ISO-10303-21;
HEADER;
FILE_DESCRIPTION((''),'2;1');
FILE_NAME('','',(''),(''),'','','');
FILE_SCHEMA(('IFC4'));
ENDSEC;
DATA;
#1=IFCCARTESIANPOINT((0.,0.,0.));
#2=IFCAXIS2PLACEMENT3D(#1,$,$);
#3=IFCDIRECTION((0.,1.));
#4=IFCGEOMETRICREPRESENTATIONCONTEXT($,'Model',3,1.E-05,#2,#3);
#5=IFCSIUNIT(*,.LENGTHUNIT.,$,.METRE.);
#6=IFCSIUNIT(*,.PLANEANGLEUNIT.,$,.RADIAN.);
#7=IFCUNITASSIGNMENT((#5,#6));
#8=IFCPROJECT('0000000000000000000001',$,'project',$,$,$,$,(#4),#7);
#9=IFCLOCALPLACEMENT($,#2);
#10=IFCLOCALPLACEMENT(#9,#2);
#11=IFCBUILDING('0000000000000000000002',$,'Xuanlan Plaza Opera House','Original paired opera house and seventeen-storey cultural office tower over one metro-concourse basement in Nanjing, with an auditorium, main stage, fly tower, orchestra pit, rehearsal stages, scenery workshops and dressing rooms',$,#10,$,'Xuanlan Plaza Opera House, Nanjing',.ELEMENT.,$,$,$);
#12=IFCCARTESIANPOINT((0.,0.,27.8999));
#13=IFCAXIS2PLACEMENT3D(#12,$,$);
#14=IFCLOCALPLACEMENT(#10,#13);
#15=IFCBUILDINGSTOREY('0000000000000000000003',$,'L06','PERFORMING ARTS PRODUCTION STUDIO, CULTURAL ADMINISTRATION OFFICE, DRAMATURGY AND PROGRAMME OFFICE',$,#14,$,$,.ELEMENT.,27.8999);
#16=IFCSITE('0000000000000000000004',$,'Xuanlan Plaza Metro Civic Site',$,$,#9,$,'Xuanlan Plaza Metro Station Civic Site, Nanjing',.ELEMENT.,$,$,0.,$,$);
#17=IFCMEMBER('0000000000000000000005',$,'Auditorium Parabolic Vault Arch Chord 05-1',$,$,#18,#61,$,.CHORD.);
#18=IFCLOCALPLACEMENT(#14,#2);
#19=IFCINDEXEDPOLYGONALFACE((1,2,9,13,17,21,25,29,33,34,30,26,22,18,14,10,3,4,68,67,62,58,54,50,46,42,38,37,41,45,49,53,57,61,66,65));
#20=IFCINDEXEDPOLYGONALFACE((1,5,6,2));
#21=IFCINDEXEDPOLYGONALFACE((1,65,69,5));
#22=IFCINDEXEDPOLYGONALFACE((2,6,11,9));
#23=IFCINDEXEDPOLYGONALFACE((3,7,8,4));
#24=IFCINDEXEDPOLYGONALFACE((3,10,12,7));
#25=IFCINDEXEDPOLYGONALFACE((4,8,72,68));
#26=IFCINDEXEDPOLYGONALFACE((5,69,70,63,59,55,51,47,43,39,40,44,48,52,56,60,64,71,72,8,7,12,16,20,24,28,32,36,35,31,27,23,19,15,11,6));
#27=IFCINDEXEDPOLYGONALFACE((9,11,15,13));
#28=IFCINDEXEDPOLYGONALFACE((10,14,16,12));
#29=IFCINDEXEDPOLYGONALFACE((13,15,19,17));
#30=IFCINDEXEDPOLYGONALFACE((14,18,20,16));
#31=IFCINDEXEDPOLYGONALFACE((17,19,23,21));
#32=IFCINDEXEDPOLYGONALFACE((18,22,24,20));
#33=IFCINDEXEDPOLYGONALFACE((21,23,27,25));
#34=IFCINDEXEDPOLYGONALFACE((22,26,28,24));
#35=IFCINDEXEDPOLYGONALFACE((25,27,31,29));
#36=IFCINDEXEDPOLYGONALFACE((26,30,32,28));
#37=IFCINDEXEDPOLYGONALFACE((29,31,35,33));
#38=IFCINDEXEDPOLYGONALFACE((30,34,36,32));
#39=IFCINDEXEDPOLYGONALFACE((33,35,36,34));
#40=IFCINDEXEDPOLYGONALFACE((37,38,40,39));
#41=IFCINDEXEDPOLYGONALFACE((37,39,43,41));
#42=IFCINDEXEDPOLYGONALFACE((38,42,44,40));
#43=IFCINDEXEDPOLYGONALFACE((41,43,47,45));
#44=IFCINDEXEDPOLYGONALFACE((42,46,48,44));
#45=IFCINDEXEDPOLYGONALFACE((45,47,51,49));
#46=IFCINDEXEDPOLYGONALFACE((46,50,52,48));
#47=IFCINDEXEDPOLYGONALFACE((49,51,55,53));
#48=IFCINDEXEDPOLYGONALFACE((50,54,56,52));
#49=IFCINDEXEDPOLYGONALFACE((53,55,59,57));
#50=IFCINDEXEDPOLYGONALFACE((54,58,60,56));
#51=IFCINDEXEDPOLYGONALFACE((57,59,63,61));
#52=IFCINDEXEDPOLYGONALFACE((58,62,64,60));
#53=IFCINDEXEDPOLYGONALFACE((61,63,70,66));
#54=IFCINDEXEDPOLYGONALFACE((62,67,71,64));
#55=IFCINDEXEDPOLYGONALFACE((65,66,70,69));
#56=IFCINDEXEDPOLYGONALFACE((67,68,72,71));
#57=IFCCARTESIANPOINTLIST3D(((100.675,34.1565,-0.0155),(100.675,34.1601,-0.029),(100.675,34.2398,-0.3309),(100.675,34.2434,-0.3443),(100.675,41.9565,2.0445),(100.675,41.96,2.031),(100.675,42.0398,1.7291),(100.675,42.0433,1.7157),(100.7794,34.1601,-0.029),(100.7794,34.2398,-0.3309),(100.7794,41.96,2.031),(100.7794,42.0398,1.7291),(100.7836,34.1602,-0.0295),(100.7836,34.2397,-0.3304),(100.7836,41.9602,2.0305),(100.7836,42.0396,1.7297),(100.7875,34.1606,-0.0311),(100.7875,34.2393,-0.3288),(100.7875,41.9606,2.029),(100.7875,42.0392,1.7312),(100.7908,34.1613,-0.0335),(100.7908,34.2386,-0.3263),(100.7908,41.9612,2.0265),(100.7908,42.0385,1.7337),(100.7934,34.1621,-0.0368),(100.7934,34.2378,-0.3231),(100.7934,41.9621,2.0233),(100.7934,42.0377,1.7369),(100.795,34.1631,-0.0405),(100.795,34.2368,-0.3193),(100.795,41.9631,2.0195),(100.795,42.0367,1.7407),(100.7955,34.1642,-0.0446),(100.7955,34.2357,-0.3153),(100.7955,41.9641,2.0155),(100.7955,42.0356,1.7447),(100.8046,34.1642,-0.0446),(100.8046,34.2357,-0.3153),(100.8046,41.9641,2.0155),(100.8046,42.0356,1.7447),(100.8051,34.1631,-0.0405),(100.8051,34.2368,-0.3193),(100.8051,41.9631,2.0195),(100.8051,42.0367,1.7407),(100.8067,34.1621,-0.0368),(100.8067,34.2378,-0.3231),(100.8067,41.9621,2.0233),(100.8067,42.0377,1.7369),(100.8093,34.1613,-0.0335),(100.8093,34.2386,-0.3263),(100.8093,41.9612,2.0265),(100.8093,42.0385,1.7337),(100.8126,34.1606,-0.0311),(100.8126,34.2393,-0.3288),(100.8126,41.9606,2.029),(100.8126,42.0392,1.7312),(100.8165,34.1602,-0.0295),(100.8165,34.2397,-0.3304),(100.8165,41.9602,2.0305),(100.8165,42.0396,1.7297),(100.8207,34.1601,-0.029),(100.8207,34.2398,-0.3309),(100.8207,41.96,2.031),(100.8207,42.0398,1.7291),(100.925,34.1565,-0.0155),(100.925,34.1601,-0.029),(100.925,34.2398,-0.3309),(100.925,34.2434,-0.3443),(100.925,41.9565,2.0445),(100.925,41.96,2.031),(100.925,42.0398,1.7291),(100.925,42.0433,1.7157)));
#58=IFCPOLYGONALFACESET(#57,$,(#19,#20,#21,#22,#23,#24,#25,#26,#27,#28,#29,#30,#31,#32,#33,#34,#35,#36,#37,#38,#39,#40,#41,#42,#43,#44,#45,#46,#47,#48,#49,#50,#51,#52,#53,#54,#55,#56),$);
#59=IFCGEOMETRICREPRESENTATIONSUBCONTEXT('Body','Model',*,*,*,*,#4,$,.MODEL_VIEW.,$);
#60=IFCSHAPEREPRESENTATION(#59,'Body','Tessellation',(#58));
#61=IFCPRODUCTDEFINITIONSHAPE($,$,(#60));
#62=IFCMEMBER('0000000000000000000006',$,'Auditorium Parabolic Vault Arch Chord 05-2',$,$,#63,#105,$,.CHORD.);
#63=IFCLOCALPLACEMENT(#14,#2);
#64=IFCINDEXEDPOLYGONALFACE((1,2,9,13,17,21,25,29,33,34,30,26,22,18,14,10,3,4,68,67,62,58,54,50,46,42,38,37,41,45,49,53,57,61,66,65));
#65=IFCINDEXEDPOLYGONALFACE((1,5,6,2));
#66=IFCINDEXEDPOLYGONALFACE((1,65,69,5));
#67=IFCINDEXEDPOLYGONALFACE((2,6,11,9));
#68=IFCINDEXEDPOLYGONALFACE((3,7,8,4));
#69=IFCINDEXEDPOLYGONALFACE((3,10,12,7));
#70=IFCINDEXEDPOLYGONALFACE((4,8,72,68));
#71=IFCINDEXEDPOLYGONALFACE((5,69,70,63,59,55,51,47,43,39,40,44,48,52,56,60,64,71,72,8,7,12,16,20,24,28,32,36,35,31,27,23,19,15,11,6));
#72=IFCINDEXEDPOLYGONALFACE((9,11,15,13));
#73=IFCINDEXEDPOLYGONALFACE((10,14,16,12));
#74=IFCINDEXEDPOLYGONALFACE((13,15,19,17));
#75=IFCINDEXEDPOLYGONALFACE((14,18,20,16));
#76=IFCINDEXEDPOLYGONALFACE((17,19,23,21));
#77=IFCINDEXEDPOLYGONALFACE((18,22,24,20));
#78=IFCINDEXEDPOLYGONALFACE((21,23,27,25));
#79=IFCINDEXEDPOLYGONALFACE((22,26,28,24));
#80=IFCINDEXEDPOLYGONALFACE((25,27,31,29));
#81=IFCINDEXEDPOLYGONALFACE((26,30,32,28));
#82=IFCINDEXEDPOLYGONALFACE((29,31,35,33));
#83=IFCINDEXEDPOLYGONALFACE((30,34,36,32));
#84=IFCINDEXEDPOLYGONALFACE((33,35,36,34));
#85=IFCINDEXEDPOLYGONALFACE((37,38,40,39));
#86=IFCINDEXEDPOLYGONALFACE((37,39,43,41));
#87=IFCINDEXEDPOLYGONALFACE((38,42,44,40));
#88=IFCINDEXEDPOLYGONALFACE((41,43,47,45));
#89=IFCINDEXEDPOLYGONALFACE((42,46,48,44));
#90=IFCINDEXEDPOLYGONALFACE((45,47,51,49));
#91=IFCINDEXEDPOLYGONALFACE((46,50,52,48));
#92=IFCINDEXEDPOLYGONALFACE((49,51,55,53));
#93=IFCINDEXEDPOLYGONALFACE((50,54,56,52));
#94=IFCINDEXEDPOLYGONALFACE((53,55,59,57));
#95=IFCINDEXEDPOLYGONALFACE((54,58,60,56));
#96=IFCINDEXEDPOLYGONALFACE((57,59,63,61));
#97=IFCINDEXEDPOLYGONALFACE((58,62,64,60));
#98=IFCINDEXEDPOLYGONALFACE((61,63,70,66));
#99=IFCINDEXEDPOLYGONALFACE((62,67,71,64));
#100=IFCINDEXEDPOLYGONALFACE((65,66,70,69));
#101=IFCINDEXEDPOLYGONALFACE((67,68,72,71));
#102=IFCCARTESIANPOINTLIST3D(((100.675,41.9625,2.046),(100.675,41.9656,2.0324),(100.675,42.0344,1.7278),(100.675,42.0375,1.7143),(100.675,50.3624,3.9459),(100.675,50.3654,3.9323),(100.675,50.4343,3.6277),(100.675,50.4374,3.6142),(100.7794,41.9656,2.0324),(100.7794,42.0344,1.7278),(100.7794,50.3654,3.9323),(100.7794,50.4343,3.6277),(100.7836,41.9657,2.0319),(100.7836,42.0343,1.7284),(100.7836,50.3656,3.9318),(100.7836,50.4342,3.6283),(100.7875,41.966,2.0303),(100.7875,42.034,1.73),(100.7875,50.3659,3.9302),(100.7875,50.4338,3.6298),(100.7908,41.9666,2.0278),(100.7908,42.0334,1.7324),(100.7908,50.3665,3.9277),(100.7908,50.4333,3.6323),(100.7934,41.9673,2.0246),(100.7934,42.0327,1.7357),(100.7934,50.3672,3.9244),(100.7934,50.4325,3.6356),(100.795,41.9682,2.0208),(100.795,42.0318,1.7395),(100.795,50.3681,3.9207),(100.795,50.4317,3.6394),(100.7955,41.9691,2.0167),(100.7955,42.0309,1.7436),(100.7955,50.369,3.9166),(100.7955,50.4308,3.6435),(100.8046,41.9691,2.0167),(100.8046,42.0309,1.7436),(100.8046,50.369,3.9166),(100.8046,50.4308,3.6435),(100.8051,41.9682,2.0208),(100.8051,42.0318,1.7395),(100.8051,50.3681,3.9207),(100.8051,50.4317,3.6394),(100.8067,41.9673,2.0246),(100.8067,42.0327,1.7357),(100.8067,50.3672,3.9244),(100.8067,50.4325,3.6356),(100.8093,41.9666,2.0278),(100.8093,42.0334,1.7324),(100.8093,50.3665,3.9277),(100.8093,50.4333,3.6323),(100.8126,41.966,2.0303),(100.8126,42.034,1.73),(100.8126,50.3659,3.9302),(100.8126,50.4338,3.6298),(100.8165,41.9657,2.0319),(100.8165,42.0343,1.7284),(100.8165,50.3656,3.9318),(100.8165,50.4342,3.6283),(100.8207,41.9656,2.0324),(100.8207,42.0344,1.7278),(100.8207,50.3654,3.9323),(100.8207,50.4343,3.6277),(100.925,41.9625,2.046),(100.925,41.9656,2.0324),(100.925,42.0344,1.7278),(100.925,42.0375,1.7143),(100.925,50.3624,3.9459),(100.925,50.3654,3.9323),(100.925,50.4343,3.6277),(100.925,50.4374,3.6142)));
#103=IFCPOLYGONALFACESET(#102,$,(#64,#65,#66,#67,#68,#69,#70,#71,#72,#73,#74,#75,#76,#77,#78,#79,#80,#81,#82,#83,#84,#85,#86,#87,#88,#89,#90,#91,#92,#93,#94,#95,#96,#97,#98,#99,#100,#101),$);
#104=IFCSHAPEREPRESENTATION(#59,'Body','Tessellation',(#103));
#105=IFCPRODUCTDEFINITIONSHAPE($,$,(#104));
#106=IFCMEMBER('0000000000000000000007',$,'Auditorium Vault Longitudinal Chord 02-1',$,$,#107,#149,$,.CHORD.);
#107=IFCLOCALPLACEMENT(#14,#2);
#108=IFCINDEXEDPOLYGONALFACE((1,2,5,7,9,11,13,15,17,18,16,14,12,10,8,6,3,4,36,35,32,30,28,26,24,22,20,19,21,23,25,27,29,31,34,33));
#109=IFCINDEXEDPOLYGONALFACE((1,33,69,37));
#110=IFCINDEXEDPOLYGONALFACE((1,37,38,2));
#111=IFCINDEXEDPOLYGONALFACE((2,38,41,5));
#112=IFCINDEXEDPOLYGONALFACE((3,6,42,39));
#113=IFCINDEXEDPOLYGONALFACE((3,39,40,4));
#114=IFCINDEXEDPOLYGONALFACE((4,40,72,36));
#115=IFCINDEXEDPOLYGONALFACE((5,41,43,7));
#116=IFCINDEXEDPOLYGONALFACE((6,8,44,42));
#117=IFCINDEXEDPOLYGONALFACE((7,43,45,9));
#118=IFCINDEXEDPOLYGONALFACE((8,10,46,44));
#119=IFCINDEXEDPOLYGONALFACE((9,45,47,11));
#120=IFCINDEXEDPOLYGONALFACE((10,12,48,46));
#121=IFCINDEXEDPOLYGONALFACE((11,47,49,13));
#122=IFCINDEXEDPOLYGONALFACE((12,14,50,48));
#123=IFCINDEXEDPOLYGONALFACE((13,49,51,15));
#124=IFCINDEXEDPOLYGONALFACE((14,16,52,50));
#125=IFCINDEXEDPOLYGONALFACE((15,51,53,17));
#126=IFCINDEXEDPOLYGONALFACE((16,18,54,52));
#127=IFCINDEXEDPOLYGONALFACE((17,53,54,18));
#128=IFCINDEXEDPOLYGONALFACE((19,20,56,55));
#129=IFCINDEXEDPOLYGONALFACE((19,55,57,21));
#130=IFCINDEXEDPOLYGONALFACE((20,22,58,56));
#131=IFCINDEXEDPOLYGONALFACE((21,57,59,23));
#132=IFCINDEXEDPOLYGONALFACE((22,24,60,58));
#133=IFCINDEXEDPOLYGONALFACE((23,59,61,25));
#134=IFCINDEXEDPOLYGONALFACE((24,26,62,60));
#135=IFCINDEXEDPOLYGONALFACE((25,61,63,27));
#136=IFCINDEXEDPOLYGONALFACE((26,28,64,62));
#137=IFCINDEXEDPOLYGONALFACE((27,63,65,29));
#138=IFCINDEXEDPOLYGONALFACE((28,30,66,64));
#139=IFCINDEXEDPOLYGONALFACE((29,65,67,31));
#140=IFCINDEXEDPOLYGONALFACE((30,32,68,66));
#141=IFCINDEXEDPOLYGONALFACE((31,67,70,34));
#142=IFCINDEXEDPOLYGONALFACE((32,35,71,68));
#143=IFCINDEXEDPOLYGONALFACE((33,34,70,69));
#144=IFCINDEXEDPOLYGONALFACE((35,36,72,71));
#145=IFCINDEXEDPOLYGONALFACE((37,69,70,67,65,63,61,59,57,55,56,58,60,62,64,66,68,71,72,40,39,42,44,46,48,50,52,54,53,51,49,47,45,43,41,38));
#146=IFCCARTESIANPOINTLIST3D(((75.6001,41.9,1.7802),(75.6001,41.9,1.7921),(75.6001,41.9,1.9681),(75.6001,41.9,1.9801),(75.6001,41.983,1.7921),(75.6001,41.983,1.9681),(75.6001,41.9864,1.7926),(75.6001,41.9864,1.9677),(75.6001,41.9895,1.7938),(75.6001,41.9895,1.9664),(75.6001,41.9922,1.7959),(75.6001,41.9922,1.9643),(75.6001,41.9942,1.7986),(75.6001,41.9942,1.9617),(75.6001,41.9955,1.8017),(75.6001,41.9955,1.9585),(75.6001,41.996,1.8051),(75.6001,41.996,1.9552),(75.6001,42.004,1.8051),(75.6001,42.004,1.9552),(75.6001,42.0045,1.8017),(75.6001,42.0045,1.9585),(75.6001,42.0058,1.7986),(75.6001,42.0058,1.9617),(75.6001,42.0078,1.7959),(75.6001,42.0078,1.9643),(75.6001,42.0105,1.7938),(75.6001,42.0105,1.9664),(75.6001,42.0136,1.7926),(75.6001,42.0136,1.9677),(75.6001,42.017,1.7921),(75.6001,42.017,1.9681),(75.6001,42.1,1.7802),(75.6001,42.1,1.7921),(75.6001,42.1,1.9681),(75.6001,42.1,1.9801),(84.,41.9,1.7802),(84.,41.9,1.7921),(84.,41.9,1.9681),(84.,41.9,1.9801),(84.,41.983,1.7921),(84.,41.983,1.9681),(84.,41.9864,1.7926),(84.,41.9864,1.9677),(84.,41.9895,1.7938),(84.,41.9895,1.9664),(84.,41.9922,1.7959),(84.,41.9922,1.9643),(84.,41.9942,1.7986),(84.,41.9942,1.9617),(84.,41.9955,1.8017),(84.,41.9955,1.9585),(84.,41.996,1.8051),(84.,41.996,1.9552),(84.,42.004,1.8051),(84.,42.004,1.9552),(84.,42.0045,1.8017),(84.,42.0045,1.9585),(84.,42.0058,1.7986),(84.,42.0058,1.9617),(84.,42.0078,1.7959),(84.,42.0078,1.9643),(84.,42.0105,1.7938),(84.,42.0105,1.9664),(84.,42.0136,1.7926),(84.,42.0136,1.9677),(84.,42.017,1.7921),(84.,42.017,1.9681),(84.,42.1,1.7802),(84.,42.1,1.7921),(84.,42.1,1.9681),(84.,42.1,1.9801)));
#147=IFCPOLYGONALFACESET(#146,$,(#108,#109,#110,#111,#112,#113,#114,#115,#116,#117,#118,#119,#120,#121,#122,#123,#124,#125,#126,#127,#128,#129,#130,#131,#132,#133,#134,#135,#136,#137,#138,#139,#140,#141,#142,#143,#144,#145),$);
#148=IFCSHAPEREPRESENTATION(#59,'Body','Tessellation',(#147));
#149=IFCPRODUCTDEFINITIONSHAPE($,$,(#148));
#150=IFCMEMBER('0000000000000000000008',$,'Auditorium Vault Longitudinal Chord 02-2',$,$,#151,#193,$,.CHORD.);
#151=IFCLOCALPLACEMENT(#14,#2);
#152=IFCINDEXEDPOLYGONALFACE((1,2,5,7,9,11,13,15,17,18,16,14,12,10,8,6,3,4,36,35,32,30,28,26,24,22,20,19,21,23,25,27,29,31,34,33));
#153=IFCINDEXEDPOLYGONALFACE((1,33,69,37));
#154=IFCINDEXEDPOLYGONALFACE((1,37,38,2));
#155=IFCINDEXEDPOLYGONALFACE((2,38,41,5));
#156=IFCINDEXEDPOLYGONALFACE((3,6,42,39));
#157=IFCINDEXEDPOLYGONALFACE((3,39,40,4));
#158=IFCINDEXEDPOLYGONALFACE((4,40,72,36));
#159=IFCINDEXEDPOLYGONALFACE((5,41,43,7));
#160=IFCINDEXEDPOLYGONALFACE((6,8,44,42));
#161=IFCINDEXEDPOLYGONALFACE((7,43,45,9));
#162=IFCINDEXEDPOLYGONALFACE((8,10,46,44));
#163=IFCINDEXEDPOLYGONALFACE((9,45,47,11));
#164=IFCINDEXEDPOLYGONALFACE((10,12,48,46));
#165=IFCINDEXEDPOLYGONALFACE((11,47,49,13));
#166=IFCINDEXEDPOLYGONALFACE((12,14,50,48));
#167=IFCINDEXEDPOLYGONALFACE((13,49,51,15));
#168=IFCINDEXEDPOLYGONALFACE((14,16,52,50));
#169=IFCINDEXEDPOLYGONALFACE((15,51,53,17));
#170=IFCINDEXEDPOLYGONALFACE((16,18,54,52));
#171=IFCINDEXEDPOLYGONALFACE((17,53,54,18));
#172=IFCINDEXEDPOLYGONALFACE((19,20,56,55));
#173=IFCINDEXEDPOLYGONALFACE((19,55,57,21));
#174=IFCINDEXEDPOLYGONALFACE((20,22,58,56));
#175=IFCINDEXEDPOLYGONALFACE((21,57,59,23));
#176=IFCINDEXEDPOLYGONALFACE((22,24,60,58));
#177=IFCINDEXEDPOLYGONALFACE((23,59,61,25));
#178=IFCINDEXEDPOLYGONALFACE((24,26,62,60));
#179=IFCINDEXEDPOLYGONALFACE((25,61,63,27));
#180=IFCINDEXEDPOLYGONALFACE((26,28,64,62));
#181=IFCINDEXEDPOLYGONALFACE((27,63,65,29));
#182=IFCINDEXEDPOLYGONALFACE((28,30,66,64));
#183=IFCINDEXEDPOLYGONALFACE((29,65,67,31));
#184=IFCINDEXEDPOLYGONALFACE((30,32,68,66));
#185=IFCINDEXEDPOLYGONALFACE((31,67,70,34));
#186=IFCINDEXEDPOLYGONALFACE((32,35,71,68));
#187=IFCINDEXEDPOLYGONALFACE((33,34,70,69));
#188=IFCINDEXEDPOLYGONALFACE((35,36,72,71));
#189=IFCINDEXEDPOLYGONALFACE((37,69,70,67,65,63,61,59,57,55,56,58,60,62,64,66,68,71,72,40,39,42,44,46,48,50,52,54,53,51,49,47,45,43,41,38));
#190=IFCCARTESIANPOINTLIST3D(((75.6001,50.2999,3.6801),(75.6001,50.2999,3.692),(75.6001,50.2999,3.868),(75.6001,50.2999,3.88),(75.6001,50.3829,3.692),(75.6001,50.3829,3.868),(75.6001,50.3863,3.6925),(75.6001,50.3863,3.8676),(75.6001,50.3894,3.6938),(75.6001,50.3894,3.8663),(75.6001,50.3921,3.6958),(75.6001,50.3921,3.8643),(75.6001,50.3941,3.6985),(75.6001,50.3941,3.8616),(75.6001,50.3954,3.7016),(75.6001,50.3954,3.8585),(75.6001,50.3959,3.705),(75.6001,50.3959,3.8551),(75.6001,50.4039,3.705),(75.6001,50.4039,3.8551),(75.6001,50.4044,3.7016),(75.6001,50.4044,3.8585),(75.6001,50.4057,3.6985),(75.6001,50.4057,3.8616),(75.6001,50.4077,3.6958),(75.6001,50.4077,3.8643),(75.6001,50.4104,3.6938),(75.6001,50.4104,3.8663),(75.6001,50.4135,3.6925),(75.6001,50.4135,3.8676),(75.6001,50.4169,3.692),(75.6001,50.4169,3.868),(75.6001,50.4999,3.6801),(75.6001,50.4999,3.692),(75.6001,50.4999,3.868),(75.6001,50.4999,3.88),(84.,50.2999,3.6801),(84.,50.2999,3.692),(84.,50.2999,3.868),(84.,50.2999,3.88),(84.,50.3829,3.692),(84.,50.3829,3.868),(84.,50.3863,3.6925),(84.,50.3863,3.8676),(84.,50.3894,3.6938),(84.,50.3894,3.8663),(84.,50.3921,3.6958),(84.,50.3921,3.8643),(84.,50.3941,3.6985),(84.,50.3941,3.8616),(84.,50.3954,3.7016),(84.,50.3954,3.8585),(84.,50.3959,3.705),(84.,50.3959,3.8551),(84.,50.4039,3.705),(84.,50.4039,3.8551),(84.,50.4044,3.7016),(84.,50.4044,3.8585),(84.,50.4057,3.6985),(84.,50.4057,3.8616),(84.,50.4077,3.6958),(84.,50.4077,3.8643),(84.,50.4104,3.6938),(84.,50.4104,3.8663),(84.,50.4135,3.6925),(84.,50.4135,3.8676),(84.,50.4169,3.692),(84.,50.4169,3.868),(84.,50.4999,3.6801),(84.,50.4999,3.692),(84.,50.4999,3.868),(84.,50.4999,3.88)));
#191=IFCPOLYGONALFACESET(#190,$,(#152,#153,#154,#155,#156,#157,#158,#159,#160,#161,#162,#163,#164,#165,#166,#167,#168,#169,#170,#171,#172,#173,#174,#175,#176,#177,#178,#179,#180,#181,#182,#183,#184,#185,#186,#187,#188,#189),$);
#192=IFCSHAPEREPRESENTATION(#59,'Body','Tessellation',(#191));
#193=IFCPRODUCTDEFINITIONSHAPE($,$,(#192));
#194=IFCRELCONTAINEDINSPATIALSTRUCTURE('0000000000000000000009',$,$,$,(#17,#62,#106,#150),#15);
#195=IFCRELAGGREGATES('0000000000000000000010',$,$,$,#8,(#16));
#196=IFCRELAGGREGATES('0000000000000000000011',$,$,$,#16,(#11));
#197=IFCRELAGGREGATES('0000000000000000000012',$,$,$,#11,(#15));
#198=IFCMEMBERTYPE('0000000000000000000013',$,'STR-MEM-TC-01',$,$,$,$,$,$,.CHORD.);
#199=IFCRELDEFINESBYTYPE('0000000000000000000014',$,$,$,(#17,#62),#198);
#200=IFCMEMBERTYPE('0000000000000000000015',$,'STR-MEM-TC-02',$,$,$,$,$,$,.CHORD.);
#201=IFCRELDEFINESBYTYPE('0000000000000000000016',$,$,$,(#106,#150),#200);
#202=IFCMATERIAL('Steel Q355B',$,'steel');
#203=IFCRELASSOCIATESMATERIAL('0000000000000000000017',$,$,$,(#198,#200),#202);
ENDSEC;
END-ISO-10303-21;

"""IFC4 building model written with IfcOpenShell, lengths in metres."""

from ifc_helpers import new_model, si_unit, direction, frame, origin, origin_2d, place, context, subcontext, project, spatial, i_section, extrude, material, material_profile, profile_set, type_object, element, save


model = new_model("IFC4")

# Units and contexts
model_context = context("Model", 3, precision=1e-05, world=origin(), true_north=direction((0.0, 1.0)))
body_context = subcontext(model_context, "Body", "Model", "MODEL_VIEW")
ifc_project = project(units=[si_unit("LENGTHUNIT", "METRE"), si_unit("PLANEANGLEUNIT", "RADIAN")], contexts=[model_context])

# Site, building, storey
site_placement = place(None, origin())
site = spatial("IfcSite", under=ifc_project, at=site_placement, Name="Xuanlan Plaza Metro Civic Site", LongName="Xuanlan Plaza Metro Station Civic Site, Nanjing", CompositionType="ELEMENT", RefElevation=0.0)
building_placement = place(site_placement, origin())
building = spatial("IfcBuilding", under=site, at=building_placement, Name="Xuanlan Plaza Opera House", Description="Original paired opera house and seventeen-storey cultural office tower over one metro-concourse basement in Nanjing, with an auditorium, main stage, fly tower, orchestra pit, rehearsal stages, scenery workshops and dressing rooms", LongName="Xuanlan Plaza Opera House, Nanjing", CompositionType="ELEMENT")
storey_placement = place(building_placement, frame((0.0, 0.0, 27.8999)))
storey = spatial("IfcBuildingStorey", under=building, at=storey_placement, Name="L06", Description="PERFORMING ARTS PRODUCTION STUDIO, CULTURAL ADMINISTRATION OFFICE, DRAMATURGY AND PROGRAMME OFFICE", CompositionType="ELEMENT", Elevation=27.8999)

# Members
ifc_material_1 = material(Name="Steel Q355B", Category="steel")
ifc_material_profile_1 = material_profile(ifc_material_1, i_section(OverallWidth=0.25, OverallDepth=0.3401, WebThickness=0.009, FlangeThickness=0.0139, FilletRadius=0.0161, at=origin_2d()), Name="HM 340x250x9x14")
ifc_profile_set_1 = profile_set([ifc_material_profile_1], Name="Steel Q355B")
member_type_1 = type_object("IfcMemberType", Name="STR-MEM-TC-01", PredefinedType="CHORD", material=ifc_profile_set_1)
member_1_placement = place(storey_placement, frame((100.8, 34.2, -0.1799), z_axis=(0.0, 0.966848, 0.255353), x_axis=(-1.0, 0.0, 0.0)))
element("IfcMember", 1, at=member_1_placement, inside=storey, type_object=member_type_1, Name="Auditorium Parabolic Vault Arch Chord 05-1", PredefinedType="CHORD", context=body_context, shape_type="SweptSolid", body=[
    extrude(i_section(OverallWidth=0.25, OverallDepth=0.3401, WebThickness=0.009, FlangeThickness=0.0139, FilletRadius=0.0161, at=origin_2d()), origin(), (0.0, 0.0, 1.0), 8.0674),
])
member_2_placement = place(storey_placement, frame((100.8, 42.0, 1.8801), z_axis=(0.0, 0.975362, 0.220609), x_axis=(-1.0, 0.0, 0.0)))
element("IfcMember", 2, at=member_2_placement, inside=storey, type_object=member_type_1, Name="Auditorium Parabolic Vault Arch Chord 05-2", PredefinedType="CHORD", context=body_context, shape_type="SweptSolid", body=[
    extrude(i_section(OverallWidth=0.25, OverallDepth=0.3401, WebThickness=0.009, FlangeThickness=0.0139, FilletRadius=0.0161, at=origin_2d()), origin(), (0.0, 0.0, 1.0), 8.6121),
])
ifc_material_profile_2 = material_profile(ifc_material_1, i_section(OverallWidth=0.2, OverallDepth=0.2, WebThickness=0.0081, FlangeThickness=0.012, FilletRadius=0.0129, at=origin_2d()), Name="HW 200x200x8x12")
ifc_profile_set_2 = profile_set([ifc_material_profile_2], Name="Steel Q355B")
member_type_2 = type_object("IfcMemberType", Name="STR-MEM-TC-02", PredefinedType="CHORD", material=ifc_profile_set_2)
for number, where, z_axis, x_axis, name in (
    (3, (75.6001, 42.0, 1.8801), (1.0, 0.0, 0.0), (0.0, 1.0, 0.0), "Auditorium Vault Longitudinal Chord 02-1"),
    (4, (75.6001, 50.3999, 3.78), (1.0, 0.0, 0.0), (0.0, 1.0, 0.0), "Auditorium Vault Longitudinal Chord 02-2"),
):
    element("IfcMember", number, at=place(storey_placement, frame(where, z_axis=z_axis, x_axis=x_axis)), inside=storey, type_object=member_type_2, Name=name, PredefinedType="CHORD", context=body_context, shape_type="SweptSolid", body=[
        extrude(i_section(OverallWidth=0.2, OverallDepth=0.2, WebThickness=0.0081, FlangeThickness=0.012, FilletRadius=0.0129, at=origin_2d()), origin(), (0.0, 0.0, 1.0), 8.3999),
    ])

save(model, "model.ifc")
